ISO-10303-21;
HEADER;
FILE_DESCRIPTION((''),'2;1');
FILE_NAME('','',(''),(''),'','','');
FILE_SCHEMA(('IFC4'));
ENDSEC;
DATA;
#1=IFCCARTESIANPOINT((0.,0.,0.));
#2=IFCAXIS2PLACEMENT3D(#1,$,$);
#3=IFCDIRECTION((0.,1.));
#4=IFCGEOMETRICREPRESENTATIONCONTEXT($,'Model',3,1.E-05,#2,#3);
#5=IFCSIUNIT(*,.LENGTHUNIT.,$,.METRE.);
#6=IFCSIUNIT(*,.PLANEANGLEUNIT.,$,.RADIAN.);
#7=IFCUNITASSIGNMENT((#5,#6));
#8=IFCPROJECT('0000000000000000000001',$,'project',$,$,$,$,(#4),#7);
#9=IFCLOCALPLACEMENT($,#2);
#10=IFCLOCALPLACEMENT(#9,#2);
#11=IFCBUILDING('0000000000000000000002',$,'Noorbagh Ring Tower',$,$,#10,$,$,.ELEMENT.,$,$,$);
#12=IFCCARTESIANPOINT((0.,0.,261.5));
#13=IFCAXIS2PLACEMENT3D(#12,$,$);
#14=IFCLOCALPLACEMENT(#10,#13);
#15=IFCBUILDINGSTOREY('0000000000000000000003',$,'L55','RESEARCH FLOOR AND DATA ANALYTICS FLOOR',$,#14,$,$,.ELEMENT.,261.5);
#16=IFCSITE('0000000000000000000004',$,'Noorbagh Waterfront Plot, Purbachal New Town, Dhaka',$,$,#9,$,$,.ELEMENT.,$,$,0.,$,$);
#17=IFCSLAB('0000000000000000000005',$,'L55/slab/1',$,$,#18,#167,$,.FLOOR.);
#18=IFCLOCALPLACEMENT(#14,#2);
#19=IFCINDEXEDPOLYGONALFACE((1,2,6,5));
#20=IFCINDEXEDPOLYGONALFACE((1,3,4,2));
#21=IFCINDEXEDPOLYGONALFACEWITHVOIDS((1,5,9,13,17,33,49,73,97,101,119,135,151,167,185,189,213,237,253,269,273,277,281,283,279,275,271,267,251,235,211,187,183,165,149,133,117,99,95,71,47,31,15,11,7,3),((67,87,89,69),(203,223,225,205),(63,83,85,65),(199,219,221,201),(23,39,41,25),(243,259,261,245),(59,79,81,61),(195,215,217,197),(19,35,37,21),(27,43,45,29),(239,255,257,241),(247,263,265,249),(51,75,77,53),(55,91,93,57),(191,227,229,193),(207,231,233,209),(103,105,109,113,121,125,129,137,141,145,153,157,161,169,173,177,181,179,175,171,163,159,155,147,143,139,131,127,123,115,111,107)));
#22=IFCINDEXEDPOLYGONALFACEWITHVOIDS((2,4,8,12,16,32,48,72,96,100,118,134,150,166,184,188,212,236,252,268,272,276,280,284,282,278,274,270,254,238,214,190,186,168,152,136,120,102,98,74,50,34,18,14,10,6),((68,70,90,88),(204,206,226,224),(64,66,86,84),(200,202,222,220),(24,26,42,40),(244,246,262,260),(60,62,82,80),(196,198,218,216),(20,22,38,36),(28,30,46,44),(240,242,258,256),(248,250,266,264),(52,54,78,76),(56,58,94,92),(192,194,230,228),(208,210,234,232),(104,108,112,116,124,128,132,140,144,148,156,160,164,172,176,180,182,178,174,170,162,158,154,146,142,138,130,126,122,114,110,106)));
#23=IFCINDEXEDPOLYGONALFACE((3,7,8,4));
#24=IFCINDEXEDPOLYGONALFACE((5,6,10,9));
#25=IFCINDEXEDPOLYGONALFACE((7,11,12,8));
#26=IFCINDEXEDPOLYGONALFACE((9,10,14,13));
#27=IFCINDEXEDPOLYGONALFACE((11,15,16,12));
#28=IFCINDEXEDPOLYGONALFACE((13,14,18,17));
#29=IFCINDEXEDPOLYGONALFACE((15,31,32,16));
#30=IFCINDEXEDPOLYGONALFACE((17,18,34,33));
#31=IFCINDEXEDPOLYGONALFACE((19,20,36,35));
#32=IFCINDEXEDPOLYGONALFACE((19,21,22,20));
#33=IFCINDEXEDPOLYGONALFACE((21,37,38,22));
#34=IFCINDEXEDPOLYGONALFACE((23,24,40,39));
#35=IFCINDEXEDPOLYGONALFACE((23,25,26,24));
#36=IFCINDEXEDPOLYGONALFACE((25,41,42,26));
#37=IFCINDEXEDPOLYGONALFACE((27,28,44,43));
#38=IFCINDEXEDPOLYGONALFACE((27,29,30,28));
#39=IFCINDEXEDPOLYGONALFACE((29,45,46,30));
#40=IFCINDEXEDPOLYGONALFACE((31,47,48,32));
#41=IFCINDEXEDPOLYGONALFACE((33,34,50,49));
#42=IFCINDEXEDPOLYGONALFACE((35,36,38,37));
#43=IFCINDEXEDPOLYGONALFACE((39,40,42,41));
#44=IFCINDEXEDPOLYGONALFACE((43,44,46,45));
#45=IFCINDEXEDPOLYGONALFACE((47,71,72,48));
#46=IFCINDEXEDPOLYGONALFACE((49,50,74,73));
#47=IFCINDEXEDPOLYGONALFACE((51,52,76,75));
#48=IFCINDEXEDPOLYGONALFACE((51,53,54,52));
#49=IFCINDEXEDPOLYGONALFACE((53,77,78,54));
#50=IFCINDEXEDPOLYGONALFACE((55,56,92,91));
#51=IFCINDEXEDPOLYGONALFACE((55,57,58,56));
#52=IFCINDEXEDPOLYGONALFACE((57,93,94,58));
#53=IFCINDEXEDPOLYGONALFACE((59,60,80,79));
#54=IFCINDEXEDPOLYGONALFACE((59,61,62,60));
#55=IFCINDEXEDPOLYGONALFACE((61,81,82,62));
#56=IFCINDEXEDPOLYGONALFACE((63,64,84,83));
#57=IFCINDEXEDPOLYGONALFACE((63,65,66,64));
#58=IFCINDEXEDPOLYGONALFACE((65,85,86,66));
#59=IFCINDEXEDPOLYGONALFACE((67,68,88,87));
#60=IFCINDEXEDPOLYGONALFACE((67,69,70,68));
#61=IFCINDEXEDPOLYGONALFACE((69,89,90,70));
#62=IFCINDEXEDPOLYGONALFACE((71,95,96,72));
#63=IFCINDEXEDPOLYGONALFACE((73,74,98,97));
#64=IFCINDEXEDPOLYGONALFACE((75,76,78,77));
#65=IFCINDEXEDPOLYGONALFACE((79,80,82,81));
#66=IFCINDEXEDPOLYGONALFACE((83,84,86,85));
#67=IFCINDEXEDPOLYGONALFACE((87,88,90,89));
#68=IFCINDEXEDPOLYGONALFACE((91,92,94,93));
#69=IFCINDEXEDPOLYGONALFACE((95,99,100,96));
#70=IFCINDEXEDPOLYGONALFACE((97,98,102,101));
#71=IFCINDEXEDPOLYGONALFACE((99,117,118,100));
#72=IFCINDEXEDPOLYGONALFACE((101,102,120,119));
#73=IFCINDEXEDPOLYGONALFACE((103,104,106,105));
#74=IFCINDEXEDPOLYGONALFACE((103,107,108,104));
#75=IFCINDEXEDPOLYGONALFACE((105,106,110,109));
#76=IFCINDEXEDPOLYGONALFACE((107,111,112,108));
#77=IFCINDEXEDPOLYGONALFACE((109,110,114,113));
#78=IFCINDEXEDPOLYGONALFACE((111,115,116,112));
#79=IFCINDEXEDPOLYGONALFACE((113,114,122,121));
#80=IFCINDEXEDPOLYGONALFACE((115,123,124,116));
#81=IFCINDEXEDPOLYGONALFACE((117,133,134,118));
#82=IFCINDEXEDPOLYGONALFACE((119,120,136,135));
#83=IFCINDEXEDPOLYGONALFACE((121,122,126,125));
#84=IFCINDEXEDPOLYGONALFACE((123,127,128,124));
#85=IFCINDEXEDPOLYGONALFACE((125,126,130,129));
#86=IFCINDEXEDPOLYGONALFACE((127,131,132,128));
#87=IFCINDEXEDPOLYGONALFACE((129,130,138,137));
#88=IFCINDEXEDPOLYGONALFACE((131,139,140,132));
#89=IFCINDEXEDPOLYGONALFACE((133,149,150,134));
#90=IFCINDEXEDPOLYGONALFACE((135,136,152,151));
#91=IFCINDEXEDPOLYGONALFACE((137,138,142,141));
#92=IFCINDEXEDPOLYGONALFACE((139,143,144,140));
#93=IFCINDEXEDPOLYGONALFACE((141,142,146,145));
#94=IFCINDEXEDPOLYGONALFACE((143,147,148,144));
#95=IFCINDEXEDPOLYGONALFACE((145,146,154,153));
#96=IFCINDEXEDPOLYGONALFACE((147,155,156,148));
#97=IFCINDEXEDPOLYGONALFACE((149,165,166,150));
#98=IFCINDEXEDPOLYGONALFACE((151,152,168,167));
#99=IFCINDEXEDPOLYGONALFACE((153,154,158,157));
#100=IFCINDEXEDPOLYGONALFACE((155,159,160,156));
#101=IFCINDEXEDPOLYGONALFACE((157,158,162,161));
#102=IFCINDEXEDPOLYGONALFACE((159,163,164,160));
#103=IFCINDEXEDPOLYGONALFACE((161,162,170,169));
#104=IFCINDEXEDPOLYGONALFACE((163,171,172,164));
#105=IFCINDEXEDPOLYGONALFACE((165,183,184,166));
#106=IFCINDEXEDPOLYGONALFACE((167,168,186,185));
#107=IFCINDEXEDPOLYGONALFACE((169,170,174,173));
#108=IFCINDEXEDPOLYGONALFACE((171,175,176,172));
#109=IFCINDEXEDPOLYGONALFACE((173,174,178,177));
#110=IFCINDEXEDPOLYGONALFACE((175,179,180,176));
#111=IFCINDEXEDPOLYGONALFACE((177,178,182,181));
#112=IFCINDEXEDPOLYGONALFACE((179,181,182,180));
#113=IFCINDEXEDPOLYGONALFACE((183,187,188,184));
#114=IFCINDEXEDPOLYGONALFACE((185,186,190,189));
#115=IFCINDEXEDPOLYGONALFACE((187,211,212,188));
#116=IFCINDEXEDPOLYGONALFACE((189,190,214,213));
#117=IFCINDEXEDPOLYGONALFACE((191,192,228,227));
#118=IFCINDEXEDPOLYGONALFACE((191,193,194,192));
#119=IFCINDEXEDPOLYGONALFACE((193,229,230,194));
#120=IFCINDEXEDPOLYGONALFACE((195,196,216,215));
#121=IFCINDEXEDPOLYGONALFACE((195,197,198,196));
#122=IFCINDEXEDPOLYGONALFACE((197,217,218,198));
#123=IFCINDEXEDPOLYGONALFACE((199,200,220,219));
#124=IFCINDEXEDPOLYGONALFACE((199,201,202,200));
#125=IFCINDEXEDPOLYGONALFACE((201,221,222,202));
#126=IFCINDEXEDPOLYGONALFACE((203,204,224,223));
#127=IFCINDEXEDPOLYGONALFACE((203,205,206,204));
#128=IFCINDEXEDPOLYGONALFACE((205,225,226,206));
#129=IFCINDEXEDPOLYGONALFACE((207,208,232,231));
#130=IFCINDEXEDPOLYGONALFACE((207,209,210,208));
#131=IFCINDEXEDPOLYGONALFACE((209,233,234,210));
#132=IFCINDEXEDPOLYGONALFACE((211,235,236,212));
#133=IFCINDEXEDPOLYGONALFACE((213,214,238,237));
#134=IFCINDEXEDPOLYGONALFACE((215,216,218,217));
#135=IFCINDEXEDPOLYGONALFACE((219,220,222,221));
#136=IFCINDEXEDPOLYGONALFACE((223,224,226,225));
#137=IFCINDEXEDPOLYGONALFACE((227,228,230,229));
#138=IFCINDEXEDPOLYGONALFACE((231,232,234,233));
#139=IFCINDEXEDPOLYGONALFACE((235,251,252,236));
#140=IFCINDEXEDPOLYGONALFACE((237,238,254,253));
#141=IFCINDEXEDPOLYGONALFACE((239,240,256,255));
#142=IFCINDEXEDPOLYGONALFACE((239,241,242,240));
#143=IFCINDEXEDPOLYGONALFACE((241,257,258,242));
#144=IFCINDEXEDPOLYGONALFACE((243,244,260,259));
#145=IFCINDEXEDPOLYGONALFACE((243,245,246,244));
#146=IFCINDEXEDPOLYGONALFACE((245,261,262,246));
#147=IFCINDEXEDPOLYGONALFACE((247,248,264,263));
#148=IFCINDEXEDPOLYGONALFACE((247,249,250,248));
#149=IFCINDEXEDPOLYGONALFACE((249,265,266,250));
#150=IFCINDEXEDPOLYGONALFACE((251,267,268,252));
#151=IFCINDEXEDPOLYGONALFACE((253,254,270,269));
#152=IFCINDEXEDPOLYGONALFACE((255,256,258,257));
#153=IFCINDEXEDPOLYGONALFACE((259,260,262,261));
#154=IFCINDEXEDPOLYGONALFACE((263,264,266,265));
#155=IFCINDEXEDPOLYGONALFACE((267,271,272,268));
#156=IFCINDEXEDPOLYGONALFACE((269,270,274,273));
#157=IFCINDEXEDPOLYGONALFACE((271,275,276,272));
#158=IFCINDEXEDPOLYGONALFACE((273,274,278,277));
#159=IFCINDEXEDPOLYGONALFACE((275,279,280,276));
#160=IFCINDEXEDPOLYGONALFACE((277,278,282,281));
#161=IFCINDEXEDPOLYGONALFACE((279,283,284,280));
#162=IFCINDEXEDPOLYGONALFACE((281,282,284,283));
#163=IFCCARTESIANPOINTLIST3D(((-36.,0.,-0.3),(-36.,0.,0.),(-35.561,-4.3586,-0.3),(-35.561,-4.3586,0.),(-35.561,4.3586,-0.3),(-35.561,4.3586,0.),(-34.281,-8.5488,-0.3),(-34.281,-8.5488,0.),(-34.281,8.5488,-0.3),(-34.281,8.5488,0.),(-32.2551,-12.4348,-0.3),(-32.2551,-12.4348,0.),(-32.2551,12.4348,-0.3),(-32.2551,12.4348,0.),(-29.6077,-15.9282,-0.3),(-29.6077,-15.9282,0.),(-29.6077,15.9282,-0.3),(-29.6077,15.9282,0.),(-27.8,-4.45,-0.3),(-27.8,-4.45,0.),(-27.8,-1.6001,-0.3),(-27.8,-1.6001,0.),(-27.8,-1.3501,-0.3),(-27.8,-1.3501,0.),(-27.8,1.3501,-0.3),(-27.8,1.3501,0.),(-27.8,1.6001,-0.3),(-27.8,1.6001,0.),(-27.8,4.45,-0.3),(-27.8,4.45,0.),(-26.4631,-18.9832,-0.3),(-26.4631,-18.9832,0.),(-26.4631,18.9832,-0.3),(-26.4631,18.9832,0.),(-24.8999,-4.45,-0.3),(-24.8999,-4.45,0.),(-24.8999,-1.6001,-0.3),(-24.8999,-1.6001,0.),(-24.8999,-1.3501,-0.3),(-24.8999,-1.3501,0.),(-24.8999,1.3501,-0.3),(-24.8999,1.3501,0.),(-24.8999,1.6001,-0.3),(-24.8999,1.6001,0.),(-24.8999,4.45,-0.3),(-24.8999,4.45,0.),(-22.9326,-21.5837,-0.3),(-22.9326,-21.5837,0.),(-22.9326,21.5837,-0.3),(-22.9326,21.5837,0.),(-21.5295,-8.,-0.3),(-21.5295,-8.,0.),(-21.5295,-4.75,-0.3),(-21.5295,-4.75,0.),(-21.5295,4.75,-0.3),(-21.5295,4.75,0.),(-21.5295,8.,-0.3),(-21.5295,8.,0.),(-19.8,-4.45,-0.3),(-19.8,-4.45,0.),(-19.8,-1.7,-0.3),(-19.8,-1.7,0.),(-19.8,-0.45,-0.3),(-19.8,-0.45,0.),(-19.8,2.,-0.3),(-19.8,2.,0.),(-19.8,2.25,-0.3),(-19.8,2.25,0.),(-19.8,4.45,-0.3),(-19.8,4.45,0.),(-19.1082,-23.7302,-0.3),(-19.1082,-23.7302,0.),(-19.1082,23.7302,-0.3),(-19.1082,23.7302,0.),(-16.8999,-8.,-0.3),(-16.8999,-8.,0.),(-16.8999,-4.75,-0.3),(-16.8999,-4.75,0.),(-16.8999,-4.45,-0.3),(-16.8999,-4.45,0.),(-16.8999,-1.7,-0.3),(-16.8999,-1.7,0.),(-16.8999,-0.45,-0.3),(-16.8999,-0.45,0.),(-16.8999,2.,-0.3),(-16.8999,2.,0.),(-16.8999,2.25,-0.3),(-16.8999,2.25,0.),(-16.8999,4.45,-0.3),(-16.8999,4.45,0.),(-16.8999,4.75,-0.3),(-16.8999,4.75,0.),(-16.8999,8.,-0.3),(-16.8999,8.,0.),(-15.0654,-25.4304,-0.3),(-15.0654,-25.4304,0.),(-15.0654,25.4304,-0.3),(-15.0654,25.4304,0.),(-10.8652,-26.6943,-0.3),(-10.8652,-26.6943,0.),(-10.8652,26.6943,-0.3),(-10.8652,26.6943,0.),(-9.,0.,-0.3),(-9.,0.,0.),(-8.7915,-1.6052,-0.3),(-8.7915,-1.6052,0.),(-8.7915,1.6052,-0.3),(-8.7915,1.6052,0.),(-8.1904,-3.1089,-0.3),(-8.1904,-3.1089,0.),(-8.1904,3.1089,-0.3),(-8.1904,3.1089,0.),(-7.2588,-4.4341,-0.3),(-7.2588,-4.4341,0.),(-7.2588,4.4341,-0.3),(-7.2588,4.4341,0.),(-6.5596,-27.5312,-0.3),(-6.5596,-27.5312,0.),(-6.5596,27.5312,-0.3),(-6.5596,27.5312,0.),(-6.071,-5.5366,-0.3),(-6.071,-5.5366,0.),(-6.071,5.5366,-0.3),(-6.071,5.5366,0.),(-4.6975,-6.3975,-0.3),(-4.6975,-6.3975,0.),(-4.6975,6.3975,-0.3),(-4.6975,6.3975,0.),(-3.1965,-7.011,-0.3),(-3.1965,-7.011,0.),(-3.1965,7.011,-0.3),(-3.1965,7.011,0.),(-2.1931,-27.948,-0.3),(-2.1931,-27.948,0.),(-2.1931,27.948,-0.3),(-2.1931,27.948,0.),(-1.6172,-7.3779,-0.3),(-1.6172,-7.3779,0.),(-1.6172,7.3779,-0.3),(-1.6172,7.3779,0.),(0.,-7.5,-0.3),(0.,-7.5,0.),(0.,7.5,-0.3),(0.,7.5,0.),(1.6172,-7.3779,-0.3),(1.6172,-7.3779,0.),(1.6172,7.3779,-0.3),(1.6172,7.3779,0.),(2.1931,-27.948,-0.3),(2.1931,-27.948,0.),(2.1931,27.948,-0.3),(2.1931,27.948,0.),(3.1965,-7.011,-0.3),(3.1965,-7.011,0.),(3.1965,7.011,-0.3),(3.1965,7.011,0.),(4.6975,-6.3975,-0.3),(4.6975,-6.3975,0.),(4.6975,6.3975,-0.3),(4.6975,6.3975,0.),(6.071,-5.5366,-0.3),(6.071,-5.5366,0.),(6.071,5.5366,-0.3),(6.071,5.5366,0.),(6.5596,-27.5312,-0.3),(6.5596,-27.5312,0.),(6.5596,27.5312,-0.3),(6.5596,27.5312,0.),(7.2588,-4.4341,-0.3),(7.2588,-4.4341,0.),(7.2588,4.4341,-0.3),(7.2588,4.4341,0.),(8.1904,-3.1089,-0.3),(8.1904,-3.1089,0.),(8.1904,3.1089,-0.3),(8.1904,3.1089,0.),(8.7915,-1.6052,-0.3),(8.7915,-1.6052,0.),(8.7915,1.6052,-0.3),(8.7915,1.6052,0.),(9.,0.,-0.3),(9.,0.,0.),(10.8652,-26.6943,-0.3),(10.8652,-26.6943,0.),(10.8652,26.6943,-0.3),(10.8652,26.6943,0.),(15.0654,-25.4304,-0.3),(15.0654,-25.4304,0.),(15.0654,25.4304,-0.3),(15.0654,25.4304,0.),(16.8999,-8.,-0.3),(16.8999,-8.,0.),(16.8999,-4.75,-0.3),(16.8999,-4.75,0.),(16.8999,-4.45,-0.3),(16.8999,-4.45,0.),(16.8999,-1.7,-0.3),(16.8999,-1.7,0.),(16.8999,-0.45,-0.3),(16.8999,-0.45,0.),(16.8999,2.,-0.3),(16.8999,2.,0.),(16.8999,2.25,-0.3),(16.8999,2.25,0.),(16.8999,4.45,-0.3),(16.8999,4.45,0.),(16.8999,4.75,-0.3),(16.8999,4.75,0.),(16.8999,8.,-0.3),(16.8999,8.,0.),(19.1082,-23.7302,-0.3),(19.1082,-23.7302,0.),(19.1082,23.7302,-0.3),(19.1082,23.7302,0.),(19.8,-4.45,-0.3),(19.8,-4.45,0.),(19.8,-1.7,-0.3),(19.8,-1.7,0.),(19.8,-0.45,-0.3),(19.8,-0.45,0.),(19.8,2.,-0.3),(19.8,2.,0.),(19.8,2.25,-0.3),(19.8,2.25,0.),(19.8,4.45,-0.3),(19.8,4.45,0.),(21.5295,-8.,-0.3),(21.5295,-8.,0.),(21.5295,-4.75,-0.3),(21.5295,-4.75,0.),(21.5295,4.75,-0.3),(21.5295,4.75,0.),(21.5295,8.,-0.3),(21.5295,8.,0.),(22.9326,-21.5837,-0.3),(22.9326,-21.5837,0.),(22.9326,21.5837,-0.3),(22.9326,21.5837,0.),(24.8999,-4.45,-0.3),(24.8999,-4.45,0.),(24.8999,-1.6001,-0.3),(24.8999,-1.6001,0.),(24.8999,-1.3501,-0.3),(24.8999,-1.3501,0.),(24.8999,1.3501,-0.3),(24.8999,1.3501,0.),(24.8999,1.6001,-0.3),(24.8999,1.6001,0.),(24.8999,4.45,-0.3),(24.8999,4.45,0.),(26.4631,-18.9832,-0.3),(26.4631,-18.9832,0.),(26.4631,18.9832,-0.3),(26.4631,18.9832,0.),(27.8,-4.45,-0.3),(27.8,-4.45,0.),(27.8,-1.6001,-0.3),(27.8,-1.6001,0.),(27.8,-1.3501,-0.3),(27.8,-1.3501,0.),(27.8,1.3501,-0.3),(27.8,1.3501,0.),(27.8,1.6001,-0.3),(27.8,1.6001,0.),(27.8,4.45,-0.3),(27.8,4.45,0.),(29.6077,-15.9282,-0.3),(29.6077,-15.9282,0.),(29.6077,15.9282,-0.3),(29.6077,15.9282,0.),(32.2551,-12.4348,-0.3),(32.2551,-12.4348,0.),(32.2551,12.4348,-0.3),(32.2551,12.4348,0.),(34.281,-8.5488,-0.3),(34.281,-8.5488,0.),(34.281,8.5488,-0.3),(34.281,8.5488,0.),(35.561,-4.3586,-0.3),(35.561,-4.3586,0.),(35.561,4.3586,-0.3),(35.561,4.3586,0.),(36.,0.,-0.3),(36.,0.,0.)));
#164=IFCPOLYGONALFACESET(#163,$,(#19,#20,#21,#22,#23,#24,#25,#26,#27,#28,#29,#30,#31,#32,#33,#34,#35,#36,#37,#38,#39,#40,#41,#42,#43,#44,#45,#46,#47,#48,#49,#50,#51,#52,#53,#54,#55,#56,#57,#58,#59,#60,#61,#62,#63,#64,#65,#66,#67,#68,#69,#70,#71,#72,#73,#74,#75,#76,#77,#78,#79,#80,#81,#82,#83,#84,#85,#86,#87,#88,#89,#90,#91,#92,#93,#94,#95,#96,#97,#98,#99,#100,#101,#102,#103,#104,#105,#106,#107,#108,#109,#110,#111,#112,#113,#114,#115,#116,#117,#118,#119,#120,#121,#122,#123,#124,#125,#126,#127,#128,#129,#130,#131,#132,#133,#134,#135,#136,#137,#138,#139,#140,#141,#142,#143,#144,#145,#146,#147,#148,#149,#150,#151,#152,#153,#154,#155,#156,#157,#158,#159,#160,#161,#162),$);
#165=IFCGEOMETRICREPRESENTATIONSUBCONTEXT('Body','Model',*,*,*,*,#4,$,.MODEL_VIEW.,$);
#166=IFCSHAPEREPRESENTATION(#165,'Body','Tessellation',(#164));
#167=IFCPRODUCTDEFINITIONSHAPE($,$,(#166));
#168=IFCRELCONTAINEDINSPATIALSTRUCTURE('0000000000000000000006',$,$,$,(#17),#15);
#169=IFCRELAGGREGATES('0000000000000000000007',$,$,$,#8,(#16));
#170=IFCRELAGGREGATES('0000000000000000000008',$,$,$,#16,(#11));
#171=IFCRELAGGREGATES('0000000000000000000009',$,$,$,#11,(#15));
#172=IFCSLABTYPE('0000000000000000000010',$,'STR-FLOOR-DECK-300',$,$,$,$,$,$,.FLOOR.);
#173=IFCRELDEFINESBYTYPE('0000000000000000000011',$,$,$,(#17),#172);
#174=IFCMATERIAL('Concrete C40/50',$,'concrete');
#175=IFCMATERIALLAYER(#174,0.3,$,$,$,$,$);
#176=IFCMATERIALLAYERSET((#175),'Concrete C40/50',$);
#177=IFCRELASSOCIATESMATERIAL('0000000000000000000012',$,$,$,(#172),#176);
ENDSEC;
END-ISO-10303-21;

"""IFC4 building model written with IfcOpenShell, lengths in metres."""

from ifc_helpers import new_model, si_unit, direction, frame, origin, place, context, subcontext, project, spatial, polyline, outline, extrude, material, layer, layer_set, type_object, element, save


model = new_model("IFC4")

# Units and contexts
model_context = context("Model", 3, precision=1e-05, world=origin(), true_north=direction((0.0, 1.0)))
body_context = subcontext(model_context, "Body", "Model", "MODEL_VIEW")
ifc_project = project(units=[si_unit("LENGTHUNIT", "METRE"), si_unit("PLANEANGLEUNIT", "RADIAN")], contexts=[model_context])

# Site, building, storey
site_placement = place(None, origin())
building_placement = place(site_placement, origin())
storey_placement = place(building_placement, frame((0.0, 0.0, 261.5)))
site = spatial("IfcSite", under=ifc_project, at=site_placement, Name="Noorbagh Waterfront Plot, Purbachal New Town, Dhaka", CompositionType="ELEMENT", RefElevation=0.0)
building = spatial("IfcBuilding", under=site, at=building_placement, Name="Noorbagh Ring Tower", CompositionType="ELEMENT")
storey = spatial("IfcBuildingStorey", under=building, at=storey_placement, Name="L55", Description="RESEARCH FLOOR AND DATA ANALYTICS FLOOR", CompositionType="ELEMENT", Elevation=261.5)

# Slab
ifc_material_1 = material(Name="Concrete C40/50", Category="concrete")
ifc_layer_1 = layer(ifc_material_1, 0.3)
ifc_layer_set_1 = layer_set([ifc_layer_1], Name="Concrete C40/50")
slab_type_1 = type_object("IfcSlabType", Name="STR-FLOOR-DECK-300", PredefinedType="FLOOR", material=ifc_layer_set_1)
slab_1_placement = place(storey_placement, frame((0.0, 0.0, -0.3)))
element("IfcSlab", 1, at=slab_1_placement, inside=storey, type_object=slab_type_1, Name="L55/slab/1", PredefinedType="FLOOR", context=body_context, shape_type="SweptSolid", body=[
    extrude(outline(polyline([(36.0, 0.0), (35.561, 4.3586), (34.281, 8.5488), (32.2551, 12.4348), (29.6077, 15.9282), (26.4631, 18.9832), (22.9326, 21.5837), (19.1082, 23.7302), (15.0654, 25.4304), (10.8652, 26.6943), (6.5596, 27.5312), (2.1931, 27.948), (-2.1931, 27.948), (-6.5596, 27.5312), (-10.8652, 26.6943), (-15.0654, 25.4304), (-19.1082, 23.7302), (-22.9326, 21.5837), (-26.4631, 18.9832), (-29.6077, 15.9282), (-32.2551, 12.4348), (-34.281, 8.5488), (-35.561, 4.3586), (-36.0, 0.0), (-35.561, -4.3586), (-34.281, -8.5488), (-32.2551, -12.4348), (-29.6077, -15.9282), (-26.4631, -18.9832), (-22.9326, -21.5837), (-19.1082, -23.7302), (-15.0654, -25.4304), (-10.8652, -26.6943), (-6.5596, -27.5312), (-2.1931, -27.948), (2.1931, -27.948), (6.5596, -27.5312), (10.8652, -26.6943), (15.0654, -25.4304), (19.1082, -23.7302), (22.9326, -21.5837), (26.4631, -18.9832), (29.6077, -15.9282), (32.2551, -12.4348), (34.281, -8.5488), (35.561, -4.3586), (36.0, 0.0)]), holes=[polyline([(24.8999, 4.45), (27.8, 4.45), (27.8, 1.6001), (24.8999, 1.6001), (24.8999, 4.45)]), polyline([(24.8999, 1.3501), (27.8, 1.3501), (27.8, -1.3501), (24.8999, -1.3501), (24.8999, 1.3501)]), polyline([(24.8999, -1.6001), (27.8, -1.6001), (27.8, -4.45), (24.8999, -4.45), (24.8999, -1.6001)]), polyline([(21.5295, -8.0), (16.8999, -8.0), (16.8999, -4.75), (21.5295, -4.75), (21.5295, -8.0)]), polyline([(16.8999, 4.75), (16.8999, 8.0), (21.5295, 8.0), (21.5295, 4.75), (16.8999, 4.75)]), polyline([(19.8, 4.45), (19.8, 2.25), (16.8999, 2.25), (16.8999, 4.45), (19.8, 4.45)]), polyline([(16.8999, 2.0), (19.8, 2.0), (19.8, -0.45), (16.8999, -0.45), (16.8999, 2.0)]), polyline([(16.8999, -1.7), (19.8, -1.7), (19.8, -4.45), (16.8999, -4.45), (16.8999, -1.7)]), polyline([(4.6975, -6.3975), (3.1965, -7.011), (1.6172, -7.3779), (0.0, -7.5), (-1.6172, -7.3779), (-3.1965, -7.011), (-4.6975, -6.3975), (-6.071, -5.5366), (-7.2588, -4.4341), (-8.1904, -3.1089), (-8.7915, -1.6052), (-9.0, 0.0), (-8.7915, 1.6052), (-8.1904, 3.1089), (-7.2588, 4.4341), (-6.071, 5.5366), (-4.6975, 6.3975), (-3.1965, 7.011), (-1.6172, 7.3779), (0.0, 7.5), (1.6172, 7.3779), (3.1965, 7.011), (4.6975, 6.3975), (6.071, 5.5366), (7.2588, 4.4341), (8.1904, 3.1089), (8.7915, 1.6052), (9.0, 0.0), (8.7915, -1.6052), (8.1904, -3.1089), (7.2588, -4.4341), (6.071, -5.5366), (4.6975, -6.3975)]), polyline([(-16.8999, 2.25), (-19.8, 2.25), (-19.8, 4.45), (-16.8999, 4.45), (-16.8999, 2.25)]), polyline([(-16.8999, -0.45), (-19.8, -0.45), (-19.8, 2.0), (-16.8999, 2.0), (-16.8999, -0.45)]), polyline([(-16.8999, -4.45), (-19.8, -4.45), (-19.8, -1.7), (-16.8999, -1.7), (-16.8999, -4.45)]), polyline([(-21.5295, 8.0), (-16.8999, 8.0), (-16.8999, 4.75), (-21.5295, 4.75), (-21.5295, 8.0)]), polyline([(-21.5295, -4.75), (-16.8999, -4.75), (-16.8999, -8.0), (-21.5295, -8.0), (-21.5295, -4.75)]), polyline([(-24.8999, -4.45), (-27.8, -4.45), (-27.8, -1.6001), (-24.8999, -1.6001), (-24.8999, -4.45)]), polyline([(-24.8999, 1.6001), (-27.8, 1.6001), (-27.8, 4.45), (-24.8999, 4.45), (-24.8999, 1.6001)]), polyline([(-24.8999, -1.3501), (-27.8, -1.3501), (-27.8, 1.3501), (-24.8999, 1.3501), (-24.8999, -1.3501)])]), origin(), (0.0, 0.0, 1.0), 0.3),
])

save(model, "model.ifc")
